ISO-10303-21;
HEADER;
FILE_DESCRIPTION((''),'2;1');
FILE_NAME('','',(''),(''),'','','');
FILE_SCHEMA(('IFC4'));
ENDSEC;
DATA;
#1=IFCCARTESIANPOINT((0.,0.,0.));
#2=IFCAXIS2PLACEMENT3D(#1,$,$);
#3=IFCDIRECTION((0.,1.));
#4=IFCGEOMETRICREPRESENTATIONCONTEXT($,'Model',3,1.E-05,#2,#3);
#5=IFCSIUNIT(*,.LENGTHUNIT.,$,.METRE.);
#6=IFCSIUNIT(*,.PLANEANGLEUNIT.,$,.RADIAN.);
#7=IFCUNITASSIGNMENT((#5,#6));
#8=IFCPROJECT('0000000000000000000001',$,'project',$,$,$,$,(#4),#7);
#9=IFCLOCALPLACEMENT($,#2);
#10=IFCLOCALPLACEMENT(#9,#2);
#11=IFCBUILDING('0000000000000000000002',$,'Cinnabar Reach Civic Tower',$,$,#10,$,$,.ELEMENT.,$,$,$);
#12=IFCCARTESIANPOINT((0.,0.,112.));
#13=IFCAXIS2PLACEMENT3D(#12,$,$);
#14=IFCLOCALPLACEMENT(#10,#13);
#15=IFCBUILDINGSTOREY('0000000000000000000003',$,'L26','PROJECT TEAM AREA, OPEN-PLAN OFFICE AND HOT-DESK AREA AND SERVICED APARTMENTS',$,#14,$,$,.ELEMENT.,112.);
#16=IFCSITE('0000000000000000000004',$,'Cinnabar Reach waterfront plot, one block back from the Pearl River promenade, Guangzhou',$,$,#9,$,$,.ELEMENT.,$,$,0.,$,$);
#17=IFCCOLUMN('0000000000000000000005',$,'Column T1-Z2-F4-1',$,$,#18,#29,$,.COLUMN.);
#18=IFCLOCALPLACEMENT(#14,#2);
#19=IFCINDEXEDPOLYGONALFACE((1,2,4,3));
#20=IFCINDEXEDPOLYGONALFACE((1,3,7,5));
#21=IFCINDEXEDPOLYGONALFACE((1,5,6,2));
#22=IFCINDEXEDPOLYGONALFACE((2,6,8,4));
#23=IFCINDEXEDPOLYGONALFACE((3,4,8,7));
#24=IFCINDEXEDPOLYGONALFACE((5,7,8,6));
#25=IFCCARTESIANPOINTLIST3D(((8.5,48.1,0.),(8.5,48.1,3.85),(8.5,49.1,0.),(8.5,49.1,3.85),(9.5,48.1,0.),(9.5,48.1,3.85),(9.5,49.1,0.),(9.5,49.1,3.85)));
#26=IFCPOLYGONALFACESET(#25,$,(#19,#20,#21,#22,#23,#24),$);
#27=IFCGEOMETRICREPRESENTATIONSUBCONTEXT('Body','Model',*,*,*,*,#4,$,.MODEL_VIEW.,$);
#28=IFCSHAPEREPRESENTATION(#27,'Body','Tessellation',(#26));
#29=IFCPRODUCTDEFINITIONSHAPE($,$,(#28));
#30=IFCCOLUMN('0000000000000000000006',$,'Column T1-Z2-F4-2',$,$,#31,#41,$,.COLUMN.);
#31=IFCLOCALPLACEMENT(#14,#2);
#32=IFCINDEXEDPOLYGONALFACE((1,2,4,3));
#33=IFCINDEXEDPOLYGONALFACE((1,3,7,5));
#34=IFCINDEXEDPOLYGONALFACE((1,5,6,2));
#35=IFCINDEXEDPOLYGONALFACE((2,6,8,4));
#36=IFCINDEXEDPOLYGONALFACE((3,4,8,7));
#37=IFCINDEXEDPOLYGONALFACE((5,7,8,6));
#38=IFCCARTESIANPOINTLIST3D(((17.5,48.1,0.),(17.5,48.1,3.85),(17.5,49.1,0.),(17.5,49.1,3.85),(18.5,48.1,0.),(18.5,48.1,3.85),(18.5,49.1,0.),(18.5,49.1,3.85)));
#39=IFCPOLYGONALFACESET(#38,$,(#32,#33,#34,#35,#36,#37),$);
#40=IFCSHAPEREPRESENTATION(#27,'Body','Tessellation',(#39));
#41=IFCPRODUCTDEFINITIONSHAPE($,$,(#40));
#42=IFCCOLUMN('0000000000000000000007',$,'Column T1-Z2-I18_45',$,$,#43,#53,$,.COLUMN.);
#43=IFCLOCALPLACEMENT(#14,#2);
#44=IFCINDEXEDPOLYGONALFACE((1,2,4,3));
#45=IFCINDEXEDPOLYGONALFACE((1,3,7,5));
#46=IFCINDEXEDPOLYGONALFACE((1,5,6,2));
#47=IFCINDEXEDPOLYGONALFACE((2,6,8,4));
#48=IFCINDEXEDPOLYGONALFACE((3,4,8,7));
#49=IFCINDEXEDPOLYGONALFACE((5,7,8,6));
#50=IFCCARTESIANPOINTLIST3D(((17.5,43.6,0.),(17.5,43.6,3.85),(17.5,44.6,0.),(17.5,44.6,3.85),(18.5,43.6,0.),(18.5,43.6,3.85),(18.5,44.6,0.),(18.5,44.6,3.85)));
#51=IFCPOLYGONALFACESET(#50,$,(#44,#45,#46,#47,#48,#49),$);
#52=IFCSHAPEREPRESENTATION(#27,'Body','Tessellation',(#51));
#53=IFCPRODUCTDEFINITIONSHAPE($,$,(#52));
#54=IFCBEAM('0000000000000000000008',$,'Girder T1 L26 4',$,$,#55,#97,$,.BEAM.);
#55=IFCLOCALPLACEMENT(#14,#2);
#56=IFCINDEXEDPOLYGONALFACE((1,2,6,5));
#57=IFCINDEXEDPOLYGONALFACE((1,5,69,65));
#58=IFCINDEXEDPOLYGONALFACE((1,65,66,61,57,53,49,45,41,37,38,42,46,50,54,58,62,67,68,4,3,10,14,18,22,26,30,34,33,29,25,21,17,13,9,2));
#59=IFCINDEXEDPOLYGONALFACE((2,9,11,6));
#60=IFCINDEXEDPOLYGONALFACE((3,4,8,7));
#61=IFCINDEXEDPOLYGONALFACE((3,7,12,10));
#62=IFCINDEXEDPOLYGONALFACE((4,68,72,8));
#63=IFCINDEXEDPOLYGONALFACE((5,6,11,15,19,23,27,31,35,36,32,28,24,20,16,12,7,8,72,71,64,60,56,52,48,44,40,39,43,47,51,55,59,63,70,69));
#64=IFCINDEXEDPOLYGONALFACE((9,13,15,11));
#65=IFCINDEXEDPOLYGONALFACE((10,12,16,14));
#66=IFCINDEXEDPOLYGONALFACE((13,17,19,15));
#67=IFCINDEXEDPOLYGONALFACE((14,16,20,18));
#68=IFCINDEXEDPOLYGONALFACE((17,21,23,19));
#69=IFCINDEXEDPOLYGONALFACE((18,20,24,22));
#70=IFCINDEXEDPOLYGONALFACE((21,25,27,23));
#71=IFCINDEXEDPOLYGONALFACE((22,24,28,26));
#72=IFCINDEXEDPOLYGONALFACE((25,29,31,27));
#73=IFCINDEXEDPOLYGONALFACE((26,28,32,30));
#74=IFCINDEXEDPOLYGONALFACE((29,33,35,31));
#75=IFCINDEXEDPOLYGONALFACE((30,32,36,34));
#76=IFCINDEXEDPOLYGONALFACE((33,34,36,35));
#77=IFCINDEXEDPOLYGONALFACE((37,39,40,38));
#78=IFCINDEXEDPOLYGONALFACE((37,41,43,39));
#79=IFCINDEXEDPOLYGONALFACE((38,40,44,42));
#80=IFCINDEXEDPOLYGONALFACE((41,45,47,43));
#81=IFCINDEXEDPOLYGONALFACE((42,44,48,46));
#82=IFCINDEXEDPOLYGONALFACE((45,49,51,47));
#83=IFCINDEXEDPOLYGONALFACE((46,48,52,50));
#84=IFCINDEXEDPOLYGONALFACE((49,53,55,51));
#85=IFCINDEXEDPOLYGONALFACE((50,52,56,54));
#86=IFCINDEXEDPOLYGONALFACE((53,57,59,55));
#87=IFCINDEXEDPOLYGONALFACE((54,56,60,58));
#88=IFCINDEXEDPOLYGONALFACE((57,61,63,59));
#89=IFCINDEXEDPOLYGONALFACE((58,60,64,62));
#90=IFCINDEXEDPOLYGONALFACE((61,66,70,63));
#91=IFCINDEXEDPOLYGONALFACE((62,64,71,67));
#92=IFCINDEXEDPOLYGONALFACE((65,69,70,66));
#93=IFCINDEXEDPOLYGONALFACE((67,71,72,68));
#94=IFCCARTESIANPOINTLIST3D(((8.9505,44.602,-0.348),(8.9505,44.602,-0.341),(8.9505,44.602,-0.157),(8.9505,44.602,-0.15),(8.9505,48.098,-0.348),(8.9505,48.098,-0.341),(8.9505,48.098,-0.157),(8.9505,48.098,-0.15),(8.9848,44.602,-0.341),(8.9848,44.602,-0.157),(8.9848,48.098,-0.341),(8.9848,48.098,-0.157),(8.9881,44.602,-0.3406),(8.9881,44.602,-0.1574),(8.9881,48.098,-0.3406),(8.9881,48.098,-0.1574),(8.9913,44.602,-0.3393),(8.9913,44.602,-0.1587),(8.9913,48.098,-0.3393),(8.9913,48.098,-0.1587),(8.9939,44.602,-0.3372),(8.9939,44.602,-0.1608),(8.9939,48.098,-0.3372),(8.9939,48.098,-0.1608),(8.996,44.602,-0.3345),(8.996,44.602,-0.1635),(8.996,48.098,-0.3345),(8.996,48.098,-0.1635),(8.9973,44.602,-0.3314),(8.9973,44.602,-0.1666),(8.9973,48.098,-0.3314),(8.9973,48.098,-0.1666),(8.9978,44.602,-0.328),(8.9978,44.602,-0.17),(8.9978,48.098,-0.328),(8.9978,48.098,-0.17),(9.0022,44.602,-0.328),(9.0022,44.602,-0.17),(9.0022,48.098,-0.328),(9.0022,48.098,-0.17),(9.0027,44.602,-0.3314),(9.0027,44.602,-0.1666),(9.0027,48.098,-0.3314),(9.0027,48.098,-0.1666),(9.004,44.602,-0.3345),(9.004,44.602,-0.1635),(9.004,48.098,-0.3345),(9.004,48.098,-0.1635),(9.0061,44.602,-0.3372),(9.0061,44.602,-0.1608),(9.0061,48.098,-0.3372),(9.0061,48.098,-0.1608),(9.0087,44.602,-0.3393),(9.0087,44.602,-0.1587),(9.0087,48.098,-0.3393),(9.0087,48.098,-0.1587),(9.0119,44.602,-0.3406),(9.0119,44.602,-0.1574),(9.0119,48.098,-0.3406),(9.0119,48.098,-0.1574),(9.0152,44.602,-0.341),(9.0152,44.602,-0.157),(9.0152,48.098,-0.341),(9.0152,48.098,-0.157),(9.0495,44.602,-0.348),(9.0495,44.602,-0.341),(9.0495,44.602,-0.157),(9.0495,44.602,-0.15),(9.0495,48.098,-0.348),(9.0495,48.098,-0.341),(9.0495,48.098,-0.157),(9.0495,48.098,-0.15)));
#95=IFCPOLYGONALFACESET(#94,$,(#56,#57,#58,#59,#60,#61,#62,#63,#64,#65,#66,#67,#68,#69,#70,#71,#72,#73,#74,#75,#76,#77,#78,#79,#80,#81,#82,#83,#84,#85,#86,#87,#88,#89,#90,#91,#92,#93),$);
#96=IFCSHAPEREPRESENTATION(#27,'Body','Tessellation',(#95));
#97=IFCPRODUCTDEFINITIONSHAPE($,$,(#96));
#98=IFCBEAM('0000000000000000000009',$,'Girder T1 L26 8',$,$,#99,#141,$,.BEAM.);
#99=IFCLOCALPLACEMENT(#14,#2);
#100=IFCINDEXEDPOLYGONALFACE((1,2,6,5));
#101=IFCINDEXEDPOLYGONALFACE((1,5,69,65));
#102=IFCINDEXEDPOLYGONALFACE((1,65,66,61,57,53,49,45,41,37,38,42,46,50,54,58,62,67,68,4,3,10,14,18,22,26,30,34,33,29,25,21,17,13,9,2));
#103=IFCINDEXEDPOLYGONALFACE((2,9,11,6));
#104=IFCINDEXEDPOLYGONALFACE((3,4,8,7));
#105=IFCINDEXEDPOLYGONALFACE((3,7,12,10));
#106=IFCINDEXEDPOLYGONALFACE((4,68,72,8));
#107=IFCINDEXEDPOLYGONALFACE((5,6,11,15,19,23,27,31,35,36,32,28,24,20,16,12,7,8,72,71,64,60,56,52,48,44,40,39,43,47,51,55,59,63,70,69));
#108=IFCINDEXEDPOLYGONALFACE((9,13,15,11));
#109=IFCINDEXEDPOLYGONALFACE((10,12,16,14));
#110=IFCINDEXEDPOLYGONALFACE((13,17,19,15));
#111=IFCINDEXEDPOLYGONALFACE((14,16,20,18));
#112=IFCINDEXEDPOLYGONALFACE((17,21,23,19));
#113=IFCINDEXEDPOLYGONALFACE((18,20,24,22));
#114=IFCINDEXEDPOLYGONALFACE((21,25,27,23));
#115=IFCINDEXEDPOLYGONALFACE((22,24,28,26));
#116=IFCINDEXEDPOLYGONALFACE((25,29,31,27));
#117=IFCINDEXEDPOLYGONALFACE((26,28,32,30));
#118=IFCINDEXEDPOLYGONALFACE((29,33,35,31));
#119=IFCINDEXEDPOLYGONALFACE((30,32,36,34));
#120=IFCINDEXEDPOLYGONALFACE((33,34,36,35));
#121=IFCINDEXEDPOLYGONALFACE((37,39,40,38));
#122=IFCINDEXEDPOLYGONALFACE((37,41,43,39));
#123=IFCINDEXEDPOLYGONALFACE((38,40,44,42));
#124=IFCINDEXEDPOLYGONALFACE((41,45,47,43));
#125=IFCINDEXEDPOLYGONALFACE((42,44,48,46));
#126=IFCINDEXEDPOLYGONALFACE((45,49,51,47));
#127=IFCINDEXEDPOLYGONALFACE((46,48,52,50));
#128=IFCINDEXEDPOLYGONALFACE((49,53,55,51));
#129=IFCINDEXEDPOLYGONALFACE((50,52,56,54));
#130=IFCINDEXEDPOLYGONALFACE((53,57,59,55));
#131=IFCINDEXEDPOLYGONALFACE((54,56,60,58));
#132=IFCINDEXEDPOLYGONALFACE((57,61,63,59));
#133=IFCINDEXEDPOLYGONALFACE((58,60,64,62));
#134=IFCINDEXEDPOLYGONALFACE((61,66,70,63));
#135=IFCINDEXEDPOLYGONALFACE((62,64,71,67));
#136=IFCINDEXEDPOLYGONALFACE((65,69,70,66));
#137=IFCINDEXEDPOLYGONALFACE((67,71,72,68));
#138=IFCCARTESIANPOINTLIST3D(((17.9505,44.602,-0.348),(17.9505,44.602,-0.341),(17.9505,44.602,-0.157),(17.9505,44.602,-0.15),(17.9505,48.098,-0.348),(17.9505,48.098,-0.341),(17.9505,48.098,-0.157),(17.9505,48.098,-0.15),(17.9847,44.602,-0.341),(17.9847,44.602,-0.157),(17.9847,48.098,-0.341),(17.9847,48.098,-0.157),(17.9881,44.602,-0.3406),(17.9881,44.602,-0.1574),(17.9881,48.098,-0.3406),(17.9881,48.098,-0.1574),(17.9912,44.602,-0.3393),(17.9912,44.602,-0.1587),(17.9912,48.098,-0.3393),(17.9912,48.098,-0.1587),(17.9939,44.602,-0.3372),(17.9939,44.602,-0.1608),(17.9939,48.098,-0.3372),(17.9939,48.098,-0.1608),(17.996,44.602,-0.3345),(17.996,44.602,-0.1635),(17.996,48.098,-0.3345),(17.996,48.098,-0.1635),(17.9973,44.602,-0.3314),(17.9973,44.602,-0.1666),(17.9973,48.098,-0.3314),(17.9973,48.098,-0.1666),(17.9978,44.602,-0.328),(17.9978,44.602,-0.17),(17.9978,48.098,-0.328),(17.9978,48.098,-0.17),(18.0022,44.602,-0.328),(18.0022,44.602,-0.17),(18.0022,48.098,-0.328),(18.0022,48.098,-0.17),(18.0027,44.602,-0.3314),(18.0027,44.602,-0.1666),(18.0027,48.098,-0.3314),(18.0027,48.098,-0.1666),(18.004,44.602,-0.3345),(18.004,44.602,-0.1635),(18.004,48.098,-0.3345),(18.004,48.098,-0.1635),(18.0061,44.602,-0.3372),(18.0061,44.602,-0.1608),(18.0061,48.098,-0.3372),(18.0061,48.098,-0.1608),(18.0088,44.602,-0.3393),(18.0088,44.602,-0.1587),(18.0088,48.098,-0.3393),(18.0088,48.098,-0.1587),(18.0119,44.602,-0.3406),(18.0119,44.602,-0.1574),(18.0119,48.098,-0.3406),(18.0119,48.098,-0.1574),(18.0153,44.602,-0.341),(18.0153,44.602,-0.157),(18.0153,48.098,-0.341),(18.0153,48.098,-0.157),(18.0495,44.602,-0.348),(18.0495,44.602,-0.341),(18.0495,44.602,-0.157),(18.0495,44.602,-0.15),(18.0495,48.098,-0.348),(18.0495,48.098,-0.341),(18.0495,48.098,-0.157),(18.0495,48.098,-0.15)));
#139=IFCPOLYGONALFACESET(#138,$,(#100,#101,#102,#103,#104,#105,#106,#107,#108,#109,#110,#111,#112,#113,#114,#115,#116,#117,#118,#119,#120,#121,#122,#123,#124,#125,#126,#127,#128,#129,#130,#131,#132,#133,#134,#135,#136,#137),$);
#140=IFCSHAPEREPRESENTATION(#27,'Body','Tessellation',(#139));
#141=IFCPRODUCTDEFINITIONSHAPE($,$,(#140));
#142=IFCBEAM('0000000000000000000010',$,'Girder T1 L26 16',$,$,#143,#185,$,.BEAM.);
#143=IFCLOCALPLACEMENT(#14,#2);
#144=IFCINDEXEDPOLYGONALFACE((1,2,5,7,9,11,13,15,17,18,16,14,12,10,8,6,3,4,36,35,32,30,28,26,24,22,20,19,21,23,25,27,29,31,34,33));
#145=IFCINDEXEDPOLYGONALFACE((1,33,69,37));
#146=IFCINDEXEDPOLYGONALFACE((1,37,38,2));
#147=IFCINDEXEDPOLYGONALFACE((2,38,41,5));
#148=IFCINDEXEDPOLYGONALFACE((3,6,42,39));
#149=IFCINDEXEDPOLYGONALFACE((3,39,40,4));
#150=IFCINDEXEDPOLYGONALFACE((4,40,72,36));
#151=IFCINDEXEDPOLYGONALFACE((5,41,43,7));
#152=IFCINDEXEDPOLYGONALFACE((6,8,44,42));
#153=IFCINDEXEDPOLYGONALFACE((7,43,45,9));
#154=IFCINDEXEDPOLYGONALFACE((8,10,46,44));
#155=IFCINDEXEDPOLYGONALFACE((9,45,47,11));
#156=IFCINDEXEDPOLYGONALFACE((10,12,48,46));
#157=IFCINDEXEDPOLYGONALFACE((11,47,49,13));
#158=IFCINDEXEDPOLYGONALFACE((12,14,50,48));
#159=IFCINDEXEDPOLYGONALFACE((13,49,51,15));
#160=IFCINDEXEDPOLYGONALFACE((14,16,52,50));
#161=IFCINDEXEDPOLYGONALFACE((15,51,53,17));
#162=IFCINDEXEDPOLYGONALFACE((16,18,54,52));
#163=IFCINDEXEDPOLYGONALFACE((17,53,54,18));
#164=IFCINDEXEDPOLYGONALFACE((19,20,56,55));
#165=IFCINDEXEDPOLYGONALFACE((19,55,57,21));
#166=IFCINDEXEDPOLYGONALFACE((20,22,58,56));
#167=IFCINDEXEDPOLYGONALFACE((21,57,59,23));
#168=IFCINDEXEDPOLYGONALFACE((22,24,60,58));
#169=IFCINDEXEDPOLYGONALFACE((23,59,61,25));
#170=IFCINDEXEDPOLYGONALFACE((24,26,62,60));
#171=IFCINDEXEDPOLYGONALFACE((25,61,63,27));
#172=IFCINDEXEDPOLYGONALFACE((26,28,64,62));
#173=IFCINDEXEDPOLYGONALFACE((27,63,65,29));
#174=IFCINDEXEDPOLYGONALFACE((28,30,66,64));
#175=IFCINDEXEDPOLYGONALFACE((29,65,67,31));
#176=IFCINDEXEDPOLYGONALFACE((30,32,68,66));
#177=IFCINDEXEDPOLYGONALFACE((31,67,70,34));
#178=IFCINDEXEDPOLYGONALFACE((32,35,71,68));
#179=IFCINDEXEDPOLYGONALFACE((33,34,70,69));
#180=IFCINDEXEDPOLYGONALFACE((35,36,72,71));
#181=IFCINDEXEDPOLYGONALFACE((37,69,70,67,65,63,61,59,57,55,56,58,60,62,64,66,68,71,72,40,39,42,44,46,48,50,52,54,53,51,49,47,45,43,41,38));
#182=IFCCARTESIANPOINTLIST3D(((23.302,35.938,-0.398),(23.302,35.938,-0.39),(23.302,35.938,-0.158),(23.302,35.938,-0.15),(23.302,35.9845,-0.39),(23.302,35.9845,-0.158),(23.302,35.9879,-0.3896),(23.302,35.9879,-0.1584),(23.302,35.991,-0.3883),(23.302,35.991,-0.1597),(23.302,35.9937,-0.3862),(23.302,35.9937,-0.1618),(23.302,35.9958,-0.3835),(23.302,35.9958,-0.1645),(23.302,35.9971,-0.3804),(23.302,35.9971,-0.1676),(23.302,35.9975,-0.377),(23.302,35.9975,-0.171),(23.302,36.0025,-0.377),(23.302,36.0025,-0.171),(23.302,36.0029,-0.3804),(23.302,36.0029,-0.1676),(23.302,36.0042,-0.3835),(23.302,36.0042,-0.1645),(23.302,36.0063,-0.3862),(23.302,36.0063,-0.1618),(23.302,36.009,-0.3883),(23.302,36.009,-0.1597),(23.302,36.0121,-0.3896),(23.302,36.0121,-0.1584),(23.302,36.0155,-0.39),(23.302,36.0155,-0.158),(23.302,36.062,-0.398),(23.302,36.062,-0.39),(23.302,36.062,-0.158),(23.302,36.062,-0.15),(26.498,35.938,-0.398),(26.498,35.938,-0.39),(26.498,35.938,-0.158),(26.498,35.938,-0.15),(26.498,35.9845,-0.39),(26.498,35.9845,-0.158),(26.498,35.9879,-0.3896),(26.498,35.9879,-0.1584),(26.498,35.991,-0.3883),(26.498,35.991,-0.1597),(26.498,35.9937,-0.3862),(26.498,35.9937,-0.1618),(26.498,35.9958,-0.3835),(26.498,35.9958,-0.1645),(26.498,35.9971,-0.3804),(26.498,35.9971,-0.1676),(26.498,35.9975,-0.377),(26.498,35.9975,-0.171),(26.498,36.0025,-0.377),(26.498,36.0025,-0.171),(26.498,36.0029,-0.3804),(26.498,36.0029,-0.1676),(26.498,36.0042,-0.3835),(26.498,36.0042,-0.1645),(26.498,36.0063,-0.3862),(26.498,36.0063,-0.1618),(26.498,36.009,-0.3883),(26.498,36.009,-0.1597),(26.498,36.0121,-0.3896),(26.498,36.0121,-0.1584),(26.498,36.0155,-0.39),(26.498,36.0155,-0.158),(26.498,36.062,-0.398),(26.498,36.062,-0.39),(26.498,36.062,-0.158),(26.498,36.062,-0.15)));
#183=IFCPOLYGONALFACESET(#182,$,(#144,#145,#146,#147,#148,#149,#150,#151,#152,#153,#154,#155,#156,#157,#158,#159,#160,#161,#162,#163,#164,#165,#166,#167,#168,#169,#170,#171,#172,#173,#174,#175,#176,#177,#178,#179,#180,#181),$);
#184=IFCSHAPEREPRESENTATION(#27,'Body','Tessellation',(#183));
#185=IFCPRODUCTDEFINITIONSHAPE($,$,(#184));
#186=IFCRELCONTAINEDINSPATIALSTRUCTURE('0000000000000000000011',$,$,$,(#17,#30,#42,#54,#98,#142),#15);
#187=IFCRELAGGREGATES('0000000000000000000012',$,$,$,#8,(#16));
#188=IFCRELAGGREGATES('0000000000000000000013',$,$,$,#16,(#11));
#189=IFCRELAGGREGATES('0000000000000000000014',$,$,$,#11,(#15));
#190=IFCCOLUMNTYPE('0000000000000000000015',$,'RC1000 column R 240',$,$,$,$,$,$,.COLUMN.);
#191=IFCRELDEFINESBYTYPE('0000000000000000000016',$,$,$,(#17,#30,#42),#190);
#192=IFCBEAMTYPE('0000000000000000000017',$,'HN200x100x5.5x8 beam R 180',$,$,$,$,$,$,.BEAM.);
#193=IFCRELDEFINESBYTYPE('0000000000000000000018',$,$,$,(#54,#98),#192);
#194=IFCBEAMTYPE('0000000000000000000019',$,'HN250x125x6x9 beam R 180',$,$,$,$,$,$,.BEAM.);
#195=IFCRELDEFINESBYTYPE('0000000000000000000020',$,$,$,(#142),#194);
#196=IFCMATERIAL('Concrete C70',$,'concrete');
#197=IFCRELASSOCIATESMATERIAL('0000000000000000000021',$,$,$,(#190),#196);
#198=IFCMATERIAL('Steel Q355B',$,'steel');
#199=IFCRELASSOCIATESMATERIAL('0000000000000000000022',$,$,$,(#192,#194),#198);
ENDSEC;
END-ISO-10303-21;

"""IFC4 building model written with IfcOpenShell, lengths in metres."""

from ifc_helpers import new_model, si_unit, direction, frame, origin, origin_2d, place, context, subcontext, project, spatial, rectangle, i_section, extrude, material, material_profile, profile_set, type_object, element, save


model = new_model("IFC4")

# Units and contexts
model_context = context("Model", 3, precision=1e-05, world=origin(), true_north=direction((0.0, 1.0)))
body_context = subcontext(model_context, "Body", "Model", "MODEL_VIEW")
ifc_project = project(units=[si_unit("LENGTHUNIT", "METRE"), si_unit("PLANEANGLEUNIT", "RADIAN")], contexts=[model_context])

# Site, building, storey
site_placement = place(None, origin())
site = spatial("IfcSite", under=ifc_project, at=site_placement, Name="Cinnabar Reach waterfront plot, one block back from the Pearl River promenade, Guangzhou", CompositionType="ELEMENT", RefElevation=0.0)
building_placement = place(site_placement, origin())
building = spatial("IfcBuilding", under=site, at=building_placement, Name="Cinnabar Reach Civic Tower", CompositionType="ELEMENT")
storey_placement = place(building_placement, frame((0.0, 0.0, 112.0)))
storey = spatial("IfcBuildingStorey", under=building, at=storey_placement, Name="L26", Description="PROJECT TEAM AREA, OPEN-PLAN OFFICE AND HOT-DESK AREA AND SERVICED APARTMENTS", CompositionType="ELEMENT", Elevation=112.0)

# Columns
ifc_material_1 = material(Name="Concrete C70", Category="concrete")
ifc_material_profile_1 = material_profile(ifc_material_1, rectangle(XDim=1.0, YDim=1.0, at=origin_2d()), Name="RC1000")
ifc_profile_set_1 = profile_set([ifc_material_profile_1], Name="Concrete C70")
column_type = type_object("IfcColumnType", Name="RC1000 column R 240", PredefinedType="COLUMN", material=ifc_profile_set_1)
for number, where, z_axis, x_axis, name in (
    (1, (9.0, 48.6, 0.0), (0.0, 0.0, 1.0), (1.0, 0.0, 0.0), "Column T1-Z2-F4-1"),
    (2, (18.0, 48.6, 0.0), (0.0, 0.0, 1.0), (1.0, 0.0, 0.0), "Column T1-Z2-F4-2"),
    (3, (18.0, 44.1, 0.0), (0.0, 0.0, 1.0), (1.0, 0.0, 0.0), "Column T1-Z2-I18_45"),
):
    element("IfcColumn", number, at=place(storey_placement, frame(where, z_axis=z_axis, x_axis=x_axis)), inside=storey, type_object=column_type, Name=name, PredefinedType="COLUMN", context=body_context, shape_type="SweptSolid", body=[
        extrude(rectangle(XDim=1.0, YDim=1.0, at=origin_2d()), origin(), (0.0, 0.0, 1.0), 3.85),
    ])

# Beams
ifc_material_2 = material(Name="Steel Q355B", Category="steel")
ifc_material_profile_2 = material_profile(ifc_material_2, i_section(OverallWidth=0.099, OverallDepth=0.198, WebThickness=0.0045, FlangeThickness=0.007, FilletRadius=0.013, at=origin_2d()), Name="HN200x100x5.5x8")
ifc_profile_set_2 = profile_set([ifc_material_profile_2], Name="Steel Q355B")
beam_type_1 = type_object("IfcBeamType", Name="HN200x100x5.5x8 beam R 180", PredefinedType="BEAM", material=ifc_profile_set_2)
for number, where, z_axis, x_axis, name in (
    (4, (9.0, 44.602, -0.249), (0.0, 1.0, 0.0), (-1.0, 0.0, 0.0), "Girder T1 L26 4"),
    (5, (18.0, 44.602, -0.249), (0.0, 1.0, 0.0), (-1.0, 0.0, 0.0), "Girder T1 L26 8"),
):
    element("IfcBeam", number, at=place(storey_placement, frame(where, z_axis=z_axis, x_axis=x_axis)), inside=storey, type_object=beam_type_1, Name=name, PredefinedType="BEAM", context=body_context, shape_type="SweptSolid", body=[
        extrude(i_section(OverallWidth=0.099, OverallDepth=0.198, WebThickness=0.0045, FlangeThickness=0.007, FilletRadius=0.013, at=origin_2d()), origin(), (0.0, 0.0, 1.0), 3.496),
    ])
ifc_material_profile_3 = material_profile(ifc_material_2, i_section(OverallWidth=0.124, OverallDepth=0.248, WebThickness=0.005, FlangeThickness=0.008, FilletRadius=0.013, at=origin_2d()), Name="HN250x125x6x9")
ifc_profile_set_3 = profile_set([ifc_material_profile_3], Name="Steel Q355B")
beam_type_2 = type_object("IfcBeamType", Name="HN250x125x6x9 beam R 180", PredefinedType="BEAM", material=ifc_profile_set_3)
beam_1_placement = place(storey_placement, frame((23.302, 36.0, -0.274), z_axis=(1.0, 0.0, 0.0), x_axis=(0.0, 1.0, 0.0)))
element("IfcBeam", 6, at=beam_1_placement, inside=storey, type_object=beam_type_2, Name="Girder T1 L26 16", PredefinedType="BEAM", context=body_context, shape_type="SweptSolid", body=[
    extrude(i_section(OverallWidth=0.124, OverallDepth=0.248, WebThickness=0.005, FlangeThickness=0.008, FilletRadius=0.013, at=origin_2d()), origin(), (0.0, 0.0, 1.0), 3.196),
])

save(model, "model.ifc")
